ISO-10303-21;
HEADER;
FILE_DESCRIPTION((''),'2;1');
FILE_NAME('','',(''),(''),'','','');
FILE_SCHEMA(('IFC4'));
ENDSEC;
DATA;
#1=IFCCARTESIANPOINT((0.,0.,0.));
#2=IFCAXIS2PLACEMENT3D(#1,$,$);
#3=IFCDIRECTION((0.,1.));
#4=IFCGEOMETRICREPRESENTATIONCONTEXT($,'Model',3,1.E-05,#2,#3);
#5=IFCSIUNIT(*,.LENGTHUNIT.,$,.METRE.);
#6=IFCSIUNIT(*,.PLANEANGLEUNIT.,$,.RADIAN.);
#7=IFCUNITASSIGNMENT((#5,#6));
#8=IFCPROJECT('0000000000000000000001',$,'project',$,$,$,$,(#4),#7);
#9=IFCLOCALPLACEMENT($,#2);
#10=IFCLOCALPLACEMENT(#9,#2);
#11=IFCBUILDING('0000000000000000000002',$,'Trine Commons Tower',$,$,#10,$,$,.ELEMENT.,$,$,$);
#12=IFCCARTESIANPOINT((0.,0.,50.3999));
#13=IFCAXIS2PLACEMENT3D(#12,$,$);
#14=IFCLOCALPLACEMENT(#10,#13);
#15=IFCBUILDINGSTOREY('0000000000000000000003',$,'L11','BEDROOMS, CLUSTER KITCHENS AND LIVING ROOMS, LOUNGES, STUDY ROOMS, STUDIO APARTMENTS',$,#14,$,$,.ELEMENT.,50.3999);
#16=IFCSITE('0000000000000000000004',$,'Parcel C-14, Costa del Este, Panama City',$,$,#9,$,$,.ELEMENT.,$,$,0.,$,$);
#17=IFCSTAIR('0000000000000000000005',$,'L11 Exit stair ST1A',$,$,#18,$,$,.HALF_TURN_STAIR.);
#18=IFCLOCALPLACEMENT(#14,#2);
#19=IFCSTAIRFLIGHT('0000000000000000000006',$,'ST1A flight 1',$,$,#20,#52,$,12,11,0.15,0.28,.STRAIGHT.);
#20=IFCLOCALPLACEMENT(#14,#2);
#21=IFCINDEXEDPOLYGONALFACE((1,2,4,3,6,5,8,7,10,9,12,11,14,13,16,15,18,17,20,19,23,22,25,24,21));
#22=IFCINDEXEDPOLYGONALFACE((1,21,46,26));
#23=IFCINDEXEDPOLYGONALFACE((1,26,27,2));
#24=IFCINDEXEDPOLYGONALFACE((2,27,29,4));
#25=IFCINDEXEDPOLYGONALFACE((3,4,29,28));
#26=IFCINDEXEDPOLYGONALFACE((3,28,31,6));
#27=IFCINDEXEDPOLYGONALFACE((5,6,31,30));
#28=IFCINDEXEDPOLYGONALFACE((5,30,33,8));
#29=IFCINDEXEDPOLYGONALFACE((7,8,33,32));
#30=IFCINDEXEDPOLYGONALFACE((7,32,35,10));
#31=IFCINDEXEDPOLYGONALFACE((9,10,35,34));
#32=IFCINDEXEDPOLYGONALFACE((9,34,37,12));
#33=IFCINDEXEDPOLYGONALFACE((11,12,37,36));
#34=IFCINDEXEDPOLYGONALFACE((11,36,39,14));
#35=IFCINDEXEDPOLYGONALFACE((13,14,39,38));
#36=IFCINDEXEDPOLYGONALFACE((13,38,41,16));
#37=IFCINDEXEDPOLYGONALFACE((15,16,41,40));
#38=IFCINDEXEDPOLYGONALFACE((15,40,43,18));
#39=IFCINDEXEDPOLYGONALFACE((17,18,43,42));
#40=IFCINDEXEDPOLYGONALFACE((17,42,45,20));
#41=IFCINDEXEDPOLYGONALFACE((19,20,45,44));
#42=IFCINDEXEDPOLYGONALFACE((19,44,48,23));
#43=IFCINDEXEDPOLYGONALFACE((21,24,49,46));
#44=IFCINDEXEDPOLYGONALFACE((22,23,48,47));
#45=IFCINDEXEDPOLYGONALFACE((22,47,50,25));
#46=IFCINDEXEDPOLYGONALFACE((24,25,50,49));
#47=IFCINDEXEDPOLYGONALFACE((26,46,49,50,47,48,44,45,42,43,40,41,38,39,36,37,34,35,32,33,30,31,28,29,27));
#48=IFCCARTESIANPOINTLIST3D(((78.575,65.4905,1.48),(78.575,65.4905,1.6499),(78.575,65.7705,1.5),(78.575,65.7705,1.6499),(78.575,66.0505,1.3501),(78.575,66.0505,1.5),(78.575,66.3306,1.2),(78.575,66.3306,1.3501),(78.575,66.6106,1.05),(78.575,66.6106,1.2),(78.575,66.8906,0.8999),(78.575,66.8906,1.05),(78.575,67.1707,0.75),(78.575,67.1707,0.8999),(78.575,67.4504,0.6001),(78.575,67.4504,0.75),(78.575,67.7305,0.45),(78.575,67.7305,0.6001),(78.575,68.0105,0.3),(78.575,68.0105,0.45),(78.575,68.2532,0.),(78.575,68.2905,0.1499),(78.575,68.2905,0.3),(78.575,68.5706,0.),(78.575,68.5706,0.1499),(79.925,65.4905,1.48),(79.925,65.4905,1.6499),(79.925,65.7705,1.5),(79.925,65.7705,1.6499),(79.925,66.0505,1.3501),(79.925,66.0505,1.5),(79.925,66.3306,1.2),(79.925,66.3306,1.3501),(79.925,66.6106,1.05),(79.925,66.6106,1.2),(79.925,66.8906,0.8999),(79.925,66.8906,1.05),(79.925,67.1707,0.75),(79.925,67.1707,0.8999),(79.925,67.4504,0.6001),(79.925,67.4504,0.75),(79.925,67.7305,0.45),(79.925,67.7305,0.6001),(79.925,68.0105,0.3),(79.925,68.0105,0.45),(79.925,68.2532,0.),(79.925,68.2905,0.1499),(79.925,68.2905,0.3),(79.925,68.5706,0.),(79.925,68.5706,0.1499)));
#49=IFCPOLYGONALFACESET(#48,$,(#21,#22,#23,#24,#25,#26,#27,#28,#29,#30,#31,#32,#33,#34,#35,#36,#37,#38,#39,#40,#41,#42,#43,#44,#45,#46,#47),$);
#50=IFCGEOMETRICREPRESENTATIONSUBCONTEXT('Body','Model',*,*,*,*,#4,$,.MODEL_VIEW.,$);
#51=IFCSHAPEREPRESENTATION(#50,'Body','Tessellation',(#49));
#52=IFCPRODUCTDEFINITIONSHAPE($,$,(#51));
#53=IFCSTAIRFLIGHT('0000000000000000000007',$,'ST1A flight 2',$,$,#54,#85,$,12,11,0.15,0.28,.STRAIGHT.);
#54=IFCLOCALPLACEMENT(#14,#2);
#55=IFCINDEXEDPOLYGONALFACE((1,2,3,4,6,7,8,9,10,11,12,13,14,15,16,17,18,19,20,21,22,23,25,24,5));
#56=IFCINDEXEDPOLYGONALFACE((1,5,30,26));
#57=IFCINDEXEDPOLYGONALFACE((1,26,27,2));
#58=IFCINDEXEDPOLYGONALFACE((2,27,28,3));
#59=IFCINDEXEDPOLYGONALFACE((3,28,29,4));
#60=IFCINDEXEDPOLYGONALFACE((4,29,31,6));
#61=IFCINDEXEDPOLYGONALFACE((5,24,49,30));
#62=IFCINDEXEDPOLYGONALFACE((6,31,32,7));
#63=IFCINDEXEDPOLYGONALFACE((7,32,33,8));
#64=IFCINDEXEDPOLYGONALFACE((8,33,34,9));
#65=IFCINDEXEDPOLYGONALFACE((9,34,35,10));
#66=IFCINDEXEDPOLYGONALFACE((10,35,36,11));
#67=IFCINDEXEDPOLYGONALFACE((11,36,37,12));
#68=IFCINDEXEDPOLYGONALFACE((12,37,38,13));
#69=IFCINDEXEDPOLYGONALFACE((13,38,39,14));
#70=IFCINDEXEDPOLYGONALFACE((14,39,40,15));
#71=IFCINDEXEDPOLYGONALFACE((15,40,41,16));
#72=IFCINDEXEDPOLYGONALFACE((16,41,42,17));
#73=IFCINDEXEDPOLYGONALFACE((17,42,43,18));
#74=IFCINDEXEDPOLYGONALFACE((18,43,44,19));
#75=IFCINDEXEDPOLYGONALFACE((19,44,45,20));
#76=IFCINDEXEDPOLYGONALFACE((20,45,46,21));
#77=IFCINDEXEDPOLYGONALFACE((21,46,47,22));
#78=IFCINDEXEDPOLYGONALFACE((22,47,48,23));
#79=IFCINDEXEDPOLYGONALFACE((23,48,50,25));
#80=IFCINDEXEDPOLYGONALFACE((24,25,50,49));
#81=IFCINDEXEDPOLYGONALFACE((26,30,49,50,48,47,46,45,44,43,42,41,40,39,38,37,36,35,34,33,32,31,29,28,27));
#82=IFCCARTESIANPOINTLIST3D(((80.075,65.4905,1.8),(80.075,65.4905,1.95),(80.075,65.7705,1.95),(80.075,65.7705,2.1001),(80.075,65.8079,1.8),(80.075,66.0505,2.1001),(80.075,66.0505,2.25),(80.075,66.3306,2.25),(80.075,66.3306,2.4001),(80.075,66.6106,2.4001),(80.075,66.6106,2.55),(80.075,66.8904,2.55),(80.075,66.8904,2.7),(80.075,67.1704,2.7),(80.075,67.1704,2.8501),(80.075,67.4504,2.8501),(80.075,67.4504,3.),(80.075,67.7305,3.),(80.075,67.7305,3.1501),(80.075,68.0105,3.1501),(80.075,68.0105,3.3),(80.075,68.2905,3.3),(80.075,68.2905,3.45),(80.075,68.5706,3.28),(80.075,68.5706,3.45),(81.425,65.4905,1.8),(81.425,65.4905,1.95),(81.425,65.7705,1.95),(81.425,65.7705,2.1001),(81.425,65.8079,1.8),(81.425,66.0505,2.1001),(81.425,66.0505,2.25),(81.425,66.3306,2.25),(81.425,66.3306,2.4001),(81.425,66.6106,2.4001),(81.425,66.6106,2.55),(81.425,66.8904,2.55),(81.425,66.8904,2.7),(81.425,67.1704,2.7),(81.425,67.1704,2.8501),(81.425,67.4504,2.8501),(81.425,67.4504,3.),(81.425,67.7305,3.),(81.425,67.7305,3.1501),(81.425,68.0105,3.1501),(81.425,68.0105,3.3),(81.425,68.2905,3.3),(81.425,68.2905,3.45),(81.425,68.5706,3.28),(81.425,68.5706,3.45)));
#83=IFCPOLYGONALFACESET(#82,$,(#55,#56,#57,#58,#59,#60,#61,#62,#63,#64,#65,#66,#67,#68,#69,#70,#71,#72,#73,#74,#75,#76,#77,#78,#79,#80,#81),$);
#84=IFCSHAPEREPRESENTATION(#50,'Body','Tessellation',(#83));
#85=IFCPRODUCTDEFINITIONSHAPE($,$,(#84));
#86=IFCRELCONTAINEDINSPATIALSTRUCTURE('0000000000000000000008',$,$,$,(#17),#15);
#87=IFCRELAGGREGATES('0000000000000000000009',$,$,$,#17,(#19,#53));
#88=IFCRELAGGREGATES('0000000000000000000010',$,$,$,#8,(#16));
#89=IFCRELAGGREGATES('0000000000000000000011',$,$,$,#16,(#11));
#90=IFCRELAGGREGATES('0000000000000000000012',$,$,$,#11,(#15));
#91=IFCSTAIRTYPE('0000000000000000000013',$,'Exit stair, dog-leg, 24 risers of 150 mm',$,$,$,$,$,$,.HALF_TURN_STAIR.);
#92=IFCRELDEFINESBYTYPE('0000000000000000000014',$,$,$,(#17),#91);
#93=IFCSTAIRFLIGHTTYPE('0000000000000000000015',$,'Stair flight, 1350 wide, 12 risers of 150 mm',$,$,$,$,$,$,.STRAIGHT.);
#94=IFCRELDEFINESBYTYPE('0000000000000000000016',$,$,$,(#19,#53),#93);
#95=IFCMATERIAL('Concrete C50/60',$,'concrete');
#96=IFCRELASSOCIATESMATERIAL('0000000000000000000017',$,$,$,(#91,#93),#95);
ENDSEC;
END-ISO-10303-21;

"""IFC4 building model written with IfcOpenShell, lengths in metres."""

from ifc_helpers import new_model, si_unit, direction, frame, origin, place, context, subcontext, project, spatial, polyline, outline, extrude, material, type_object, element, aggregate, save


model = new_model("IFC4")

# Units and contexts
model_context = context("Model", 3, precision=1e-05, world=origin(), true_north=direction((0.0, 1.0)))
body_context = subcontext(model_context, "Body", "Model", "MODEL_VIEW")
ifc_project = project(units=[si_unit("LENGTHUNIT", "METRE"), si_unit("PLANEANGLEUNIT", "RADIAN")], contexts=[model_context])

# Site, building, storey
site_placement = place(None, origin())
site = spatial("IfcSite", under=ifc_project, at=site_placement, Name="Parcel C-14, Costa del Este, Panama City", CompositionType="ELEMENT", RefElevation=0.0)
building_placement = place(site_placement, origin())
building = spatial("IfcBuilding", under=site, at=building_placement, Name="Trine Commons Tower", CompositionType="ELEMENT")
storey_placement = place(building_placement, frame((0.0, 0.0, 50.3999)))
storey = spatial("IfcBuildingStorey", under=building, at=storey_placement, Name="L11", Description="BEDROOMS, CLUSTER KITCHENS AND LIVING ROOMS, LOUNGES, STUDY ROOMS, STUDIO APARTMENTS", CompositionType="ELEMENT", Elevation=50.3999)

# Stair, stair flights
ifc_material_1 = material(Name="Concrete C50/60", Category="concrete")
stair_type = type_object("IfcStairType", Name="Exit stair, dog-leg, 24 risers of 150 mm", PredefinedType="HALF_TURN_STAIR", material=ifc_material_1)
stair_placement = place(storey_placement, origin())
stair = element("IfcStair", 1, at=stair_placement, inside=storey, type_object=stair_type, Name="L11 Exit stair ST1A", PredefinedType="HALF_TURN_STAIR")
stair_flight_type = type_object("IfcStairFlightType", Name="Stair flight, 1350 wide, 12 risers of 150 mm", PredefinedType="STRAIGHT", material=ifc_material_1)
stair_flight_1_placement = place(storey_placement, frame((79.25, 68.5706, 0.0), z_axis=(0.0, 0.0, 1.0), x_axis=(0.0, -1.0, 0.0)))
stair_flight_1 = element("IfcStairFlight", 2, at=stair_flight_1_placement, type_object=stair_flight_type, Name="ST1A flight 1", NumberOfRisers=12, NumberOfTreads=11, PredefinedType="STRAIGHT", RiserHeight=0.15, TreadLength=0.28, context=body_context, shape_type="SweptSolid", body=[
    extrude(outline(polyline([(0.0, 0.0), (0.0, 0.1499), (0.28, 0.1499), (0.28, 0.3), (0.5601, 0.3), (0.5601, 0.45), (0.8401, 0.45), (0.8401, 0.6001), (1.1201, 0.6001), (1.1201, 0.75), (1.3999, 0.75), (1.3999, 0.8999), (1.6799, 0.8999), (1.6799, 1.05), (1.96, 1.05), (1.96, 1.2), (2.24, 1.2), (2.24, 1.3501), (2.52, 1.3501), (2.52, 1.5), (2.8, 1.5), (2.8, 1.6499), (3.0801, 1.6499), (3.0801, 1.8), (3.0801, 1.48), (0.3174, 0.0), (0.0, 0.0)])), frame((0.0, 0.675, 0.0), z_axis=(0.0, -1.0, 0.0), x_axis=(1.0, 0.0, 0.0)), (0.0, 0.0, 1.0), 1.3501),
])
stair_flight_2_placement = place(storey_placement, frame((80.75, 65.4905, 1.8), z_axis=(0.0, 0.0, 1.0), x_axis=(0.0, 1.0, 0.0)))
stair_flight_2 = element("IfcStairFlight", 3, at=stair_flight_2_placement, type_object=stair_flight_type, Name="ST1A flight 2", NumberOfRisers=12, NumberOfTreads=11, PredefinedType="STRAIGHT", RiserHeight=0.15, TreadLength=0.28, context=body_context, shape_type="SweptSolid", body=[
    extrude(outline(polyline([(0.0, 0.0), (0.0, 0.1499), (0.28, 0.1499), (0.28, 0.3), (0.5601, 0.3), (0.5601, 0.45), (0.8401, 0.45), (0.8401, 0.6001), (1.1201, 0.6001), (1.1201, 0.75), (1.3999, 0.75), (1.3999, 0.8999), (1.6799, 0.8999), (1.6799, 1.05), (1.96, 1.05), (1.96, 1.2), (2.24, 1.2), (2.24, 1.3501), (2.52, 1.3501), (2.52, 1.5), (2.8, 1.5), (2.8, 1.6499), (3.0801, 1.6499), (3.0801, 1.8), (3.0801, 1.48), (0.3174, 0.0), (0.0, 0.0)])), frame((0.0, 0.675, 0.0), z_axis=(0.0, -1.0, 0.0), x_axis=(1.0, 0.0, 0.0)), (0.0, 0.0, 1.0), 1.3501),
])
aggregate(stair, [stair_flight_1, stair_flight_2])

save(model, "model.ifc")
